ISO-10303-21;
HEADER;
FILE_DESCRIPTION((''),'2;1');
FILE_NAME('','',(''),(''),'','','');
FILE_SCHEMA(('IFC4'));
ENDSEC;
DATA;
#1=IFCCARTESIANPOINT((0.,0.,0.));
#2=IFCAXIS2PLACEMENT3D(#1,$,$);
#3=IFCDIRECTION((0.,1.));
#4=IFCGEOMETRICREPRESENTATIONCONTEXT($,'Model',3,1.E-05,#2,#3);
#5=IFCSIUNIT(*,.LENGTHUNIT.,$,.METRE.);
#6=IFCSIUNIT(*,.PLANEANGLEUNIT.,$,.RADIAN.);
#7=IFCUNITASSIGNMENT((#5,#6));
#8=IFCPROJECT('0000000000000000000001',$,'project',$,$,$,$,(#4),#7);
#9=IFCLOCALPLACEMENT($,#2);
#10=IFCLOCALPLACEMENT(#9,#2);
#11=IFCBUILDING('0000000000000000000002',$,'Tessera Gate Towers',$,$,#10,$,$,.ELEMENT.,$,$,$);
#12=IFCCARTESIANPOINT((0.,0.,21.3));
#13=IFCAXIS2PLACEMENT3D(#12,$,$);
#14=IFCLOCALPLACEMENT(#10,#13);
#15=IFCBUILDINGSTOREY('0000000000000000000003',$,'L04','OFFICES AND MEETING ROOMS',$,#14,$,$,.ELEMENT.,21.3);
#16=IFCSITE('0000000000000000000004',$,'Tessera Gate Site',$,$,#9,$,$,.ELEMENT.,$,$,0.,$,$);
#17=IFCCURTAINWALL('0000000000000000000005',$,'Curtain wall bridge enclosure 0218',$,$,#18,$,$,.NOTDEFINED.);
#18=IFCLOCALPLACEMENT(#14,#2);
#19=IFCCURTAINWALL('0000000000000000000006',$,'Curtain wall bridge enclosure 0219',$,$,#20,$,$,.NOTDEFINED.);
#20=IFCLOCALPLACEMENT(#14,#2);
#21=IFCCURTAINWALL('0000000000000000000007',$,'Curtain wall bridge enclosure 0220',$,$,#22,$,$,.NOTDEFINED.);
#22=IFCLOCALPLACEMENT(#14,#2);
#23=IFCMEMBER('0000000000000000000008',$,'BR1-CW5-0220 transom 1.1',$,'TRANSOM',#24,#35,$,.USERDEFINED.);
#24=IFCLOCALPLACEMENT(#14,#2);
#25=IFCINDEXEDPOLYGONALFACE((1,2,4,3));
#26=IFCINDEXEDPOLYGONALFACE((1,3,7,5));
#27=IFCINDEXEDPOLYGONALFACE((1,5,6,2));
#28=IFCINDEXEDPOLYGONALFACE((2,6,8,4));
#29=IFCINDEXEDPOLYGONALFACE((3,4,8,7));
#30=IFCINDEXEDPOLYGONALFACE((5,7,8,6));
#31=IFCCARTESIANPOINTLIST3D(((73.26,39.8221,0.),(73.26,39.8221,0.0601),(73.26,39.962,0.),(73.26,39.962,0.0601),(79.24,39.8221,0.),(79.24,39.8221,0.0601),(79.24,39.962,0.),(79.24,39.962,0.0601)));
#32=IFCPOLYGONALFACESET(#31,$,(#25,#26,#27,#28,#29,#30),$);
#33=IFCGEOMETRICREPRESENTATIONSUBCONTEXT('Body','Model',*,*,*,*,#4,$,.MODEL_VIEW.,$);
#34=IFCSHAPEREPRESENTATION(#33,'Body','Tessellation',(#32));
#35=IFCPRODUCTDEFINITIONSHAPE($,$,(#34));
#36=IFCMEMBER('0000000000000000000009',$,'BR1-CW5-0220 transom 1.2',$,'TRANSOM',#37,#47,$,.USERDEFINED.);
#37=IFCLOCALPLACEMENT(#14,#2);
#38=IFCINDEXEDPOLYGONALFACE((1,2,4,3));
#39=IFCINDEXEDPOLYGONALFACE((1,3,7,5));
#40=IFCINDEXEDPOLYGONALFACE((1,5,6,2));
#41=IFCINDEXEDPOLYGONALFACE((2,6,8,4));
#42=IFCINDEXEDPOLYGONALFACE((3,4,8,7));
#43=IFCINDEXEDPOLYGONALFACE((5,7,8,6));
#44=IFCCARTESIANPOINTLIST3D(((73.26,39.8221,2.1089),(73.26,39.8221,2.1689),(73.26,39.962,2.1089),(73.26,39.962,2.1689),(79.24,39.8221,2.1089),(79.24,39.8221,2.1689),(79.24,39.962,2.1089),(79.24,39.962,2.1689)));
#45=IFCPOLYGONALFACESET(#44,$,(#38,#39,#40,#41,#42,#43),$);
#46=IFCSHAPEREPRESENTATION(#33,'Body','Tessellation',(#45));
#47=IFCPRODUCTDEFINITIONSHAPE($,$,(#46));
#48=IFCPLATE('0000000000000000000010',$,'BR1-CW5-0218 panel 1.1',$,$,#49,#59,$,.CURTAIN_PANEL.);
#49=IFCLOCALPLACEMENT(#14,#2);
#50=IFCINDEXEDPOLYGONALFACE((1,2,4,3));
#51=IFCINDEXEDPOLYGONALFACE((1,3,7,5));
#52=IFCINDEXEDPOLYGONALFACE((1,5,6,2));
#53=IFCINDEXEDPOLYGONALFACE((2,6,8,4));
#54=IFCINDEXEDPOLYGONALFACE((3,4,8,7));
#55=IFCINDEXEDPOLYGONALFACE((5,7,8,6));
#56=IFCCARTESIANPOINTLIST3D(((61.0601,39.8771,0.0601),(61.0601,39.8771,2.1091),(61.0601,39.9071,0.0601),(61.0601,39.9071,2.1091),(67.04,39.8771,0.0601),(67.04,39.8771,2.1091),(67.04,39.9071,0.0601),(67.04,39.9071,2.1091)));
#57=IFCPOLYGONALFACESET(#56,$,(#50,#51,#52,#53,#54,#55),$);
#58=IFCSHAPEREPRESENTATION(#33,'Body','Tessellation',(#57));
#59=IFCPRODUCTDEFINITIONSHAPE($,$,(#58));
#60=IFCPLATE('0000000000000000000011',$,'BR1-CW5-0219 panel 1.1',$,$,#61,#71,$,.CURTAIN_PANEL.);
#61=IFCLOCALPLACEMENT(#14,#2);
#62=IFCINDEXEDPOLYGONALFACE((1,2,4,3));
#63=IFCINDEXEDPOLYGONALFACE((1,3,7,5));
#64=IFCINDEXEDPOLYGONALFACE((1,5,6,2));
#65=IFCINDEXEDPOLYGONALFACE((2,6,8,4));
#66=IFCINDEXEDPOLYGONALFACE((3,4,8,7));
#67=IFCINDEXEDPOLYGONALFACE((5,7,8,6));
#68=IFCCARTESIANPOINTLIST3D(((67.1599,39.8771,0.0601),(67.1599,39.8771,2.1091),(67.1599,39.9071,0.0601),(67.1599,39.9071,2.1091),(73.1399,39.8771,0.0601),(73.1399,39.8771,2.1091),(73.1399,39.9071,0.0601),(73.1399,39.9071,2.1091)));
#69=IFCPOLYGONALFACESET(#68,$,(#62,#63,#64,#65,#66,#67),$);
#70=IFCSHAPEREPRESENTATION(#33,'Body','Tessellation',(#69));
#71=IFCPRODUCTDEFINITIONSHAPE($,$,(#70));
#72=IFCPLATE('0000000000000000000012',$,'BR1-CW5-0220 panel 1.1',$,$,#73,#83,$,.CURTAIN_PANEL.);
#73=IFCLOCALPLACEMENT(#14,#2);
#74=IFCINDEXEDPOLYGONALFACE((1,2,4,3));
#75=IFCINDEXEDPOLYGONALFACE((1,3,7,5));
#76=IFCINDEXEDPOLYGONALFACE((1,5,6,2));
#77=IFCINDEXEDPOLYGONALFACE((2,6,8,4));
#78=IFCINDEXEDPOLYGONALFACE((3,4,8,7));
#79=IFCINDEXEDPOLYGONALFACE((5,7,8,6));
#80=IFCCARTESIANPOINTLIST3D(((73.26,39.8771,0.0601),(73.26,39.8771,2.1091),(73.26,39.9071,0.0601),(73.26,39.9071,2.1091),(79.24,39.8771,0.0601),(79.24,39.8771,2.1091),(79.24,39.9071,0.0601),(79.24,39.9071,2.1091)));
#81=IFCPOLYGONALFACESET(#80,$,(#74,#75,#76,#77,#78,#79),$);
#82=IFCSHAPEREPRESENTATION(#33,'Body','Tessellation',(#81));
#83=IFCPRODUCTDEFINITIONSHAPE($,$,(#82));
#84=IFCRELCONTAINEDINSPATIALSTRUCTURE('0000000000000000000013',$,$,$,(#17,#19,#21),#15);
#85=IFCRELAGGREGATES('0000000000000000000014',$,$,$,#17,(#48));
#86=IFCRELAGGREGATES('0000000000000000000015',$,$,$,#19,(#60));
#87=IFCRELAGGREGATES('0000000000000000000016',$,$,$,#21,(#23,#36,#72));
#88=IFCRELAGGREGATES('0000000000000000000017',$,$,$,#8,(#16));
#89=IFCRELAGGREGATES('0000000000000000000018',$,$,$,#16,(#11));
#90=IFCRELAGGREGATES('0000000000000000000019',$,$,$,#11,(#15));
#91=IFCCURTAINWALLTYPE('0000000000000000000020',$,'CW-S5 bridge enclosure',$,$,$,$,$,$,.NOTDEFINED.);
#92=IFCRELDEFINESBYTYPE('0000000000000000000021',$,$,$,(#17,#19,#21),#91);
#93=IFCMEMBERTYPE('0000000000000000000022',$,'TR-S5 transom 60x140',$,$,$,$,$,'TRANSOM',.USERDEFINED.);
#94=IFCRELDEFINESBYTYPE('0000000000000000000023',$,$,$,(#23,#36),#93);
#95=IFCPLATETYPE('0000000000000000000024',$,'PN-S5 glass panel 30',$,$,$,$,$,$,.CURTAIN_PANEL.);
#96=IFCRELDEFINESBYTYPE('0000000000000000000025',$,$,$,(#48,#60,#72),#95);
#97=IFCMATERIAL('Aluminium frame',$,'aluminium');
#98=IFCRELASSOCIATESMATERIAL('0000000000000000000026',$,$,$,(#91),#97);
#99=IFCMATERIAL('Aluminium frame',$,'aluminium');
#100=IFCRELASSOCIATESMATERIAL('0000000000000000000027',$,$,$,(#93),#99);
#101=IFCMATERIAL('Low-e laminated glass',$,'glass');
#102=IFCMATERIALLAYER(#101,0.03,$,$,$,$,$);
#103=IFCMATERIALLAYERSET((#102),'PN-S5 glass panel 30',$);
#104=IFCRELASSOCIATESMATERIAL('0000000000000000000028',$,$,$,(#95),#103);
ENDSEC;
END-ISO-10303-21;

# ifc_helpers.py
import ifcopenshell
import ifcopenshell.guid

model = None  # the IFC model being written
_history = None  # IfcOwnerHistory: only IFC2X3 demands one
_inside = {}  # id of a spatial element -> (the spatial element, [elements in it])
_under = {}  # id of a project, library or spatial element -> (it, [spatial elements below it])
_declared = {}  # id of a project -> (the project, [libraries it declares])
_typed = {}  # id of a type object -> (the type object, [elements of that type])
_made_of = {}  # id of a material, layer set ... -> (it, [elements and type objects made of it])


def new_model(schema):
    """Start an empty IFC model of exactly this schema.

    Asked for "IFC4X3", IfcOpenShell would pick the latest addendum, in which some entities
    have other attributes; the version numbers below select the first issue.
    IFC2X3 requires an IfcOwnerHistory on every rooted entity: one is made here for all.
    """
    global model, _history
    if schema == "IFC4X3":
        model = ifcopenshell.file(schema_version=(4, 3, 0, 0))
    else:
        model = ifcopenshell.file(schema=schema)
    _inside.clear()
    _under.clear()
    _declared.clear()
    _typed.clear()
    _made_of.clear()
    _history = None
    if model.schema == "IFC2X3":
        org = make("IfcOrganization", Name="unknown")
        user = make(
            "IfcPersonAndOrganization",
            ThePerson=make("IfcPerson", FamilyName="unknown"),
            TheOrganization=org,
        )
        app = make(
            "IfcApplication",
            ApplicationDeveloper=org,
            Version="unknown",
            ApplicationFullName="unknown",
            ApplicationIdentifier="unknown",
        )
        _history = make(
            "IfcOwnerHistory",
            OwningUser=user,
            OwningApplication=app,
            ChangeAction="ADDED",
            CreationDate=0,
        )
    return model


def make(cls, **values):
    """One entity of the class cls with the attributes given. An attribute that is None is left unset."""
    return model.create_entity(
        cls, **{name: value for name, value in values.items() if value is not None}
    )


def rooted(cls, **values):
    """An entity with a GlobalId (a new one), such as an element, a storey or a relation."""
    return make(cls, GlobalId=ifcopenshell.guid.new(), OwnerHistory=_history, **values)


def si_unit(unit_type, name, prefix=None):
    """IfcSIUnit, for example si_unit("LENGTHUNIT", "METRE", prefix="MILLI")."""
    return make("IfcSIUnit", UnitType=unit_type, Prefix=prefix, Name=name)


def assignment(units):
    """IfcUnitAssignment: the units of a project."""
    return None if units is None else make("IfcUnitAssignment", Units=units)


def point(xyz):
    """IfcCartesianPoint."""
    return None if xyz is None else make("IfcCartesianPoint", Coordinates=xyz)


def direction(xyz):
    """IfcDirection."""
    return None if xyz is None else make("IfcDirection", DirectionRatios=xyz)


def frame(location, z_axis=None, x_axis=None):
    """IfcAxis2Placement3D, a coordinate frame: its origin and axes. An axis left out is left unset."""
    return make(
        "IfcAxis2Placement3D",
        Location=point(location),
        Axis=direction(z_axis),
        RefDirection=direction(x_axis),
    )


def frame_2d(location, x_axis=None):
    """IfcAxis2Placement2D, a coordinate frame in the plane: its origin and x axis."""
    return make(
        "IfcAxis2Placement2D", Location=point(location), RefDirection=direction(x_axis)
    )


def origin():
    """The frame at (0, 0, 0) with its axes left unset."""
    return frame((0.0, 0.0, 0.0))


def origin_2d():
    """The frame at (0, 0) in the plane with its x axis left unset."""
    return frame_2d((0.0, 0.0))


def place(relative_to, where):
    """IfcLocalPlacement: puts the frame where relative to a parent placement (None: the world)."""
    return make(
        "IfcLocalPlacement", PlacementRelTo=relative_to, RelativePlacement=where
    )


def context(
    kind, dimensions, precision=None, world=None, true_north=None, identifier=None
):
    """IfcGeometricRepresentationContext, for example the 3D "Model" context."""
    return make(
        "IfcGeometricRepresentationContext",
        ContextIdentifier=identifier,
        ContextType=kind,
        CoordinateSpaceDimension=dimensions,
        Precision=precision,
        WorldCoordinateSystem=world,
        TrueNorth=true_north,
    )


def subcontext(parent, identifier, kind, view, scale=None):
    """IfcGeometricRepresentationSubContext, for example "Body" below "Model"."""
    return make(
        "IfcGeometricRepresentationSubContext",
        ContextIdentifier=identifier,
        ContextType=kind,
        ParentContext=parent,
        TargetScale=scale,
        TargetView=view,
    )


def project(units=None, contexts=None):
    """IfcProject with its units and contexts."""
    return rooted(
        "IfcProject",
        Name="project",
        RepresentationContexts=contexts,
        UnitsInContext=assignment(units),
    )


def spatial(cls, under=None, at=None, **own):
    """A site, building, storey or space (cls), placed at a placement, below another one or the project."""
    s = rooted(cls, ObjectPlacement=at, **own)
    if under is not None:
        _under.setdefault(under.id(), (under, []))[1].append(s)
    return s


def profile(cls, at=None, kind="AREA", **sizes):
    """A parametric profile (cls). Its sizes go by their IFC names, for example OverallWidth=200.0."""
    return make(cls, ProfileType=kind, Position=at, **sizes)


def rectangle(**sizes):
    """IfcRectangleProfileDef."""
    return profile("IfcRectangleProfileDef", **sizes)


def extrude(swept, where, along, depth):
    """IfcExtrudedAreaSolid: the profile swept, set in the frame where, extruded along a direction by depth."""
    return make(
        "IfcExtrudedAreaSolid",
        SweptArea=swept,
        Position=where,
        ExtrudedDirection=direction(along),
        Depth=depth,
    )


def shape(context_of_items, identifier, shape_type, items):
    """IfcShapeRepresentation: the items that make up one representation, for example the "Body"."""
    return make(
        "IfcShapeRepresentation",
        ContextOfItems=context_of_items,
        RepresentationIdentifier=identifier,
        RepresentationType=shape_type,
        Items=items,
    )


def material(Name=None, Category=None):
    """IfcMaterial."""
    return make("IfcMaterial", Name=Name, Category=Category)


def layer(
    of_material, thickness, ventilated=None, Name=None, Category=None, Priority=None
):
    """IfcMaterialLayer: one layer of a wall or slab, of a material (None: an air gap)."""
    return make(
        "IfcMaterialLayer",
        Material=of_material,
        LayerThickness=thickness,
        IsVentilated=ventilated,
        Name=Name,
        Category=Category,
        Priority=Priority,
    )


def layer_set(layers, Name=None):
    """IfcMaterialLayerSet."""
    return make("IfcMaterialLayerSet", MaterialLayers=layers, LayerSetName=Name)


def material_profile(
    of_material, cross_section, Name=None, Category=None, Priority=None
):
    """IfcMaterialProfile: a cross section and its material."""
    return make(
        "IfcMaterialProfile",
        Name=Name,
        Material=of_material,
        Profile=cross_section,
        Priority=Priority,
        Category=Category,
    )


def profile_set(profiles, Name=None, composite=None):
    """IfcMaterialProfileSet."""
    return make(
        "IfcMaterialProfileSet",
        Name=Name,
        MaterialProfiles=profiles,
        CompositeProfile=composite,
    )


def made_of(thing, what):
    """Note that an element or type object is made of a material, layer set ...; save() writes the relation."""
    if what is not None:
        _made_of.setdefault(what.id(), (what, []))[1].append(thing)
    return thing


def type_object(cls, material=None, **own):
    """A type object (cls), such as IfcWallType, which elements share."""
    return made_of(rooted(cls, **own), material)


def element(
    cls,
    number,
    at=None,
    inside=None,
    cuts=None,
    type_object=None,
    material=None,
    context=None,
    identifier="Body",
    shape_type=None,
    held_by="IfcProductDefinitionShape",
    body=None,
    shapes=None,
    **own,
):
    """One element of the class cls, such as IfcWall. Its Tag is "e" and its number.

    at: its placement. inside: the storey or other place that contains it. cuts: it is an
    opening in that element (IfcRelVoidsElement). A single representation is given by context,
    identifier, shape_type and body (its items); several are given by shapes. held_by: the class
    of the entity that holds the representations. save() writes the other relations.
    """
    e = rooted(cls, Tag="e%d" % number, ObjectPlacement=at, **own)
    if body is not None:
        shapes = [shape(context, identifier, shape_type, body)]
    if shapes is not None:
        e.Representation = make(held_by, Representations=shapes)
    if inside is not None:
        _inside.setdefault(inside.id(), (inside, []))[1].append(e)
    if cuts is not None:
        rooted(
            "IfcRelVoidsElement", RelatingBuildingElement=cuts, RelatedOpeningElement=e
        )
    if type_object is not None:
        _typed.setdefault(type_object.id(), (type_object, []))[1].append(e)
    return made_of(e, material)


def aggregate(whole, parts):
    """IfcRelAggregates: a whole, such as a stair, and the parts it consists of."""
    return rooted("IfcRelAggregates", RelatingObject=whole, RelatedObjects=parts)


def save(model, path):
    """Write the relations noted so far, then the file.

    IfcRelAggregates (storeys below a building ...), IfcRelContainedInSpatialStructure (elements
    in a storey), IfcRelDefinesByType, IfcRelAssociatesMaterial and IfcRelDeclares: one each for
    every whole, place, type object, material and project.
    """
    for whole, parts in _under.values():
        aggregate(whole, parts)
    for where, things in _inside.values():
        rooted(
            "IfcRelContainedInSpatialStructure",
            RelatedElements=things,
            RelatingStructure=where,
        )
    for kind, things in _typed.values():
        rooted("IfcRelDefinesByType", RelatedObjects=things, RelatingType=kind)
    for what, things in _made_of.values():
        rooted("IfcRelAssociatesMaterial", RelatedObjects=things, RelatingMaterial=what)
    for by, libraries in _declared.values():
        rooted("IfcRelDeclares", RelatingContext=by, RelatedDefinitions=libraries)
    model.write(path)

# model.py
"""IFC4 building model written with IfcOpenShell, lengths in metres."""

from ifc_helpers import new_model, si_unit, direction, frame, origin, origin_2d, place, context, subcontext, project, spatial, rectangle, extrude, material, layer, layer_set, material_profile, profile_set, type_object, element, aggregate, save


model = new_model("IFC4")

# Units and contexts
model_context = context("Model", 3, precision=1e-05, world=origin(), true_north=direction((0.0, 1.0)))
body_context = subcontext(model_context, "Body", "Model", "MODEL_VIEW")
ifc_project = project(units=[si_unit("LENGTHUNIT", "METRE"), si_unit("PLANEANGLEUNIT", "RADIAN")], contexts=[model_context])

# Site, building, storey
site_placement = place(None, origin())
site = spatial("IfcSite", under=ifc_project, at=site_placement, Name="Tessera Gate Site", CompositionType="ELEMENT", RefElevation=0.0)
building_placement = place(site_placement, origin())
building = spatial("IfcBuilding", under=site, at=building_placement, Name="Tessera Gate Towers", CompositionType="ELEMENT")
storey_placement = place(building_placement, frame((0.0, 0.0, 21.3)))
storey = spatial("IfcBuildingStorey", under=building, at=storey_placement, Name="L04", Description="OFFICES AND MEETING ROOMS", CompositionType="ELEMENT", Elevation=21.3)

# Curtain wall
ifc_material_1 = material(Name="Aluminium frame", Category="aluminium")
curtain_wall_type = type_object("IfcCurtainWallType", Name="CW-S5 bridge enclosure", PredefinedType="NOTDEFINED", material=ifc_material_1)
curtain_wall_1_placement = place(storey_placement, origin())
curtain_wall_1 = element("IfcCurtainWall", 1, at=curtain_wall_1_placement, inside=storey, type_object=curtain_wall_type, Name="Curtain wall bridge enclosure 0218", PredefinedType="NOTDEFINED")

# Curtain wall
curtain_wall_2_placement = place(storey_placement, origin())
curtain_wall_2 = element("IfcCurtainWall", 2, at=curtain_wall_2_placement, inside=storey, type_object=curtain_wall_type, Name="Curtain wall bridge enclosure 0219", PredefinedType="NOTDEFINED")

# Curtain wall
curtain_wall_3_placement = place(storey_placement, origin())
curtain_wall_3 = element("IfcCurtainWall", 3, at=curtain_wall_3_placement, inside=storey, type_object=curtain_wall_type, Name="Curtain wall bridge enclosure 0220", PredefinedType="NOTDEFINED")

# Members
ifc_material_2 = material(Name="Aluminium frame", Category="aluminium")
ifc_material_profile_1 = material_profile(ifc_material_2, rectangle(XDim=0.1399, YDim=0.0601, at=origin_2d()), Name="AL 60x140")
ifc_profile_set_1 = profile_set([ifc_material_profile_1], Name="Aluminium frame")
member_type_1 = type_object("IfcMemberType", Name="TR-S5 transom 60x140", ElementType="TRANSOM", PredefinedType="USERDEFINED", material=ifc_profile_set_1)
member_1_placement = place(storey_placement, frame((73.26, 39.8921, 0.03), z_axis=(1.0, 0.0, 0.0), x_axis=(0.0, 1.0, 0.0)))
member_1 = element("IfcMember", 4, at=member_1_placement, type_object=member_type_1, Name="BR1-CW5-0220 transom 1.1", ObjectType="TRANSOM", PredefinedType="USERDEFINED", context=body_context, shape_type="SweptSolid", body=[
    extrude(rectangle(XDim=0.1399, YDim=0.0601, at=origin_2d()), origin(), (0.0, 0.0, 1.0), 5.98),
])
member_2_placement = place(storey_placement, frame((73.26, 39.8921, 2.1389), z_axis=(1.0, 0.0, 0.0), x_axis=(0.0, 1.0, 0.0)))
member_2 = element("IfcMember", 5, at=member_2_placement, type_object=member_type_1, Name="BR1-CW5-0220 transom 1.2", ObjectType="TRANSOM", PredefinedType="USERDEFINED", context=body_context, shape_type="SweptSolid", body=[
    extrude(rectangle(XDim=0.1399, YDim=0.0601, at=origin_2d()), origin(), (0.0, 0.0, 1.0), 5.98),
])

# Plates
ifc_material_3 = material(Name="Low-e laminated glass", Category="glass")
ifc_layer = layer(ifc_material_3, 0.03)
ifc_layer_set = layer_set([ifc_layer], Name="PN-S5 glass panel 30")
plate_type = type_object("IfcPlateType", Name="PN-S5 glass panel 30", PredefinedType="CURTAIN_PANEL", material=ifc_layer_set)
plate_1_placement = place(storey_placement, frame((64.05, 39.8921, 0.0601), z_axis=(0.0, 0.0, 1.0), x_axis=(1.0, 0.0, 0.0)))
plate_1 = element("IfcPlate", 6, at=plate_1_placement, type_object=plate_type, Name="BR1-CW5-0218 panel 1.1", PredefinedType="CURTAIN_PANEL", context=body_context, shape_type="SweptSolid", body=[
    extrude(rectangle(XDim=5.98, YDim=0.03, at=origin_2d()), origin(), (0.0, 0.0, 1.0), 2.0491),
])
aggregate(curtain_wall_1, [plate_1])
plate_2_placement = place(storey_placement, frame((70.1499, 39.8921, 0.0601), z_axis=(0.0, 0.0, 1.0), x_axis=(1.0, 0.0, 0.0)))
plate_2 = element("IfcPlate", 7, at=plate_2_placement, type_object=plate_type, Name="BR1-CW5-0219 panel 1.1", PredefinedType="CURTAIN_PANEL", context=body_context, shape_type="SweptSolid", body=[
    extrude(rectangle(XDim=5.98, YDim=0.03, at=origin_2d()), origin(), (0.0, 0.0, 1.0), 2.0491),
])
aggregate(curtain_wall_2, [plate_2])
plate_3_placement = place(storey_placement, frame((76.25, 39.8921, 0.0601), z_axis=(0.0, 0.0, 1.0), x_axis=(1.0, 0.0, 0.0)))
plate_3 = element("IfcPlate", 8, at=plate_3_placement, type_object=plate_type, Name="BR1-CW5-0220 panel 1.1", PredefinedType="CURTAIN_PANEL", context=body_context, shape_type="SweptSolid", body=[
    extrude(rectangle(XDim=5.98, YDim=0.03, at=origin_2d()), origin(), (0.0, 0.0, 1.0), 2.0491),
])
aggregate(curtain_wall_3, [member_1, member_2, plate_3])

save(model, "model.ifc")
